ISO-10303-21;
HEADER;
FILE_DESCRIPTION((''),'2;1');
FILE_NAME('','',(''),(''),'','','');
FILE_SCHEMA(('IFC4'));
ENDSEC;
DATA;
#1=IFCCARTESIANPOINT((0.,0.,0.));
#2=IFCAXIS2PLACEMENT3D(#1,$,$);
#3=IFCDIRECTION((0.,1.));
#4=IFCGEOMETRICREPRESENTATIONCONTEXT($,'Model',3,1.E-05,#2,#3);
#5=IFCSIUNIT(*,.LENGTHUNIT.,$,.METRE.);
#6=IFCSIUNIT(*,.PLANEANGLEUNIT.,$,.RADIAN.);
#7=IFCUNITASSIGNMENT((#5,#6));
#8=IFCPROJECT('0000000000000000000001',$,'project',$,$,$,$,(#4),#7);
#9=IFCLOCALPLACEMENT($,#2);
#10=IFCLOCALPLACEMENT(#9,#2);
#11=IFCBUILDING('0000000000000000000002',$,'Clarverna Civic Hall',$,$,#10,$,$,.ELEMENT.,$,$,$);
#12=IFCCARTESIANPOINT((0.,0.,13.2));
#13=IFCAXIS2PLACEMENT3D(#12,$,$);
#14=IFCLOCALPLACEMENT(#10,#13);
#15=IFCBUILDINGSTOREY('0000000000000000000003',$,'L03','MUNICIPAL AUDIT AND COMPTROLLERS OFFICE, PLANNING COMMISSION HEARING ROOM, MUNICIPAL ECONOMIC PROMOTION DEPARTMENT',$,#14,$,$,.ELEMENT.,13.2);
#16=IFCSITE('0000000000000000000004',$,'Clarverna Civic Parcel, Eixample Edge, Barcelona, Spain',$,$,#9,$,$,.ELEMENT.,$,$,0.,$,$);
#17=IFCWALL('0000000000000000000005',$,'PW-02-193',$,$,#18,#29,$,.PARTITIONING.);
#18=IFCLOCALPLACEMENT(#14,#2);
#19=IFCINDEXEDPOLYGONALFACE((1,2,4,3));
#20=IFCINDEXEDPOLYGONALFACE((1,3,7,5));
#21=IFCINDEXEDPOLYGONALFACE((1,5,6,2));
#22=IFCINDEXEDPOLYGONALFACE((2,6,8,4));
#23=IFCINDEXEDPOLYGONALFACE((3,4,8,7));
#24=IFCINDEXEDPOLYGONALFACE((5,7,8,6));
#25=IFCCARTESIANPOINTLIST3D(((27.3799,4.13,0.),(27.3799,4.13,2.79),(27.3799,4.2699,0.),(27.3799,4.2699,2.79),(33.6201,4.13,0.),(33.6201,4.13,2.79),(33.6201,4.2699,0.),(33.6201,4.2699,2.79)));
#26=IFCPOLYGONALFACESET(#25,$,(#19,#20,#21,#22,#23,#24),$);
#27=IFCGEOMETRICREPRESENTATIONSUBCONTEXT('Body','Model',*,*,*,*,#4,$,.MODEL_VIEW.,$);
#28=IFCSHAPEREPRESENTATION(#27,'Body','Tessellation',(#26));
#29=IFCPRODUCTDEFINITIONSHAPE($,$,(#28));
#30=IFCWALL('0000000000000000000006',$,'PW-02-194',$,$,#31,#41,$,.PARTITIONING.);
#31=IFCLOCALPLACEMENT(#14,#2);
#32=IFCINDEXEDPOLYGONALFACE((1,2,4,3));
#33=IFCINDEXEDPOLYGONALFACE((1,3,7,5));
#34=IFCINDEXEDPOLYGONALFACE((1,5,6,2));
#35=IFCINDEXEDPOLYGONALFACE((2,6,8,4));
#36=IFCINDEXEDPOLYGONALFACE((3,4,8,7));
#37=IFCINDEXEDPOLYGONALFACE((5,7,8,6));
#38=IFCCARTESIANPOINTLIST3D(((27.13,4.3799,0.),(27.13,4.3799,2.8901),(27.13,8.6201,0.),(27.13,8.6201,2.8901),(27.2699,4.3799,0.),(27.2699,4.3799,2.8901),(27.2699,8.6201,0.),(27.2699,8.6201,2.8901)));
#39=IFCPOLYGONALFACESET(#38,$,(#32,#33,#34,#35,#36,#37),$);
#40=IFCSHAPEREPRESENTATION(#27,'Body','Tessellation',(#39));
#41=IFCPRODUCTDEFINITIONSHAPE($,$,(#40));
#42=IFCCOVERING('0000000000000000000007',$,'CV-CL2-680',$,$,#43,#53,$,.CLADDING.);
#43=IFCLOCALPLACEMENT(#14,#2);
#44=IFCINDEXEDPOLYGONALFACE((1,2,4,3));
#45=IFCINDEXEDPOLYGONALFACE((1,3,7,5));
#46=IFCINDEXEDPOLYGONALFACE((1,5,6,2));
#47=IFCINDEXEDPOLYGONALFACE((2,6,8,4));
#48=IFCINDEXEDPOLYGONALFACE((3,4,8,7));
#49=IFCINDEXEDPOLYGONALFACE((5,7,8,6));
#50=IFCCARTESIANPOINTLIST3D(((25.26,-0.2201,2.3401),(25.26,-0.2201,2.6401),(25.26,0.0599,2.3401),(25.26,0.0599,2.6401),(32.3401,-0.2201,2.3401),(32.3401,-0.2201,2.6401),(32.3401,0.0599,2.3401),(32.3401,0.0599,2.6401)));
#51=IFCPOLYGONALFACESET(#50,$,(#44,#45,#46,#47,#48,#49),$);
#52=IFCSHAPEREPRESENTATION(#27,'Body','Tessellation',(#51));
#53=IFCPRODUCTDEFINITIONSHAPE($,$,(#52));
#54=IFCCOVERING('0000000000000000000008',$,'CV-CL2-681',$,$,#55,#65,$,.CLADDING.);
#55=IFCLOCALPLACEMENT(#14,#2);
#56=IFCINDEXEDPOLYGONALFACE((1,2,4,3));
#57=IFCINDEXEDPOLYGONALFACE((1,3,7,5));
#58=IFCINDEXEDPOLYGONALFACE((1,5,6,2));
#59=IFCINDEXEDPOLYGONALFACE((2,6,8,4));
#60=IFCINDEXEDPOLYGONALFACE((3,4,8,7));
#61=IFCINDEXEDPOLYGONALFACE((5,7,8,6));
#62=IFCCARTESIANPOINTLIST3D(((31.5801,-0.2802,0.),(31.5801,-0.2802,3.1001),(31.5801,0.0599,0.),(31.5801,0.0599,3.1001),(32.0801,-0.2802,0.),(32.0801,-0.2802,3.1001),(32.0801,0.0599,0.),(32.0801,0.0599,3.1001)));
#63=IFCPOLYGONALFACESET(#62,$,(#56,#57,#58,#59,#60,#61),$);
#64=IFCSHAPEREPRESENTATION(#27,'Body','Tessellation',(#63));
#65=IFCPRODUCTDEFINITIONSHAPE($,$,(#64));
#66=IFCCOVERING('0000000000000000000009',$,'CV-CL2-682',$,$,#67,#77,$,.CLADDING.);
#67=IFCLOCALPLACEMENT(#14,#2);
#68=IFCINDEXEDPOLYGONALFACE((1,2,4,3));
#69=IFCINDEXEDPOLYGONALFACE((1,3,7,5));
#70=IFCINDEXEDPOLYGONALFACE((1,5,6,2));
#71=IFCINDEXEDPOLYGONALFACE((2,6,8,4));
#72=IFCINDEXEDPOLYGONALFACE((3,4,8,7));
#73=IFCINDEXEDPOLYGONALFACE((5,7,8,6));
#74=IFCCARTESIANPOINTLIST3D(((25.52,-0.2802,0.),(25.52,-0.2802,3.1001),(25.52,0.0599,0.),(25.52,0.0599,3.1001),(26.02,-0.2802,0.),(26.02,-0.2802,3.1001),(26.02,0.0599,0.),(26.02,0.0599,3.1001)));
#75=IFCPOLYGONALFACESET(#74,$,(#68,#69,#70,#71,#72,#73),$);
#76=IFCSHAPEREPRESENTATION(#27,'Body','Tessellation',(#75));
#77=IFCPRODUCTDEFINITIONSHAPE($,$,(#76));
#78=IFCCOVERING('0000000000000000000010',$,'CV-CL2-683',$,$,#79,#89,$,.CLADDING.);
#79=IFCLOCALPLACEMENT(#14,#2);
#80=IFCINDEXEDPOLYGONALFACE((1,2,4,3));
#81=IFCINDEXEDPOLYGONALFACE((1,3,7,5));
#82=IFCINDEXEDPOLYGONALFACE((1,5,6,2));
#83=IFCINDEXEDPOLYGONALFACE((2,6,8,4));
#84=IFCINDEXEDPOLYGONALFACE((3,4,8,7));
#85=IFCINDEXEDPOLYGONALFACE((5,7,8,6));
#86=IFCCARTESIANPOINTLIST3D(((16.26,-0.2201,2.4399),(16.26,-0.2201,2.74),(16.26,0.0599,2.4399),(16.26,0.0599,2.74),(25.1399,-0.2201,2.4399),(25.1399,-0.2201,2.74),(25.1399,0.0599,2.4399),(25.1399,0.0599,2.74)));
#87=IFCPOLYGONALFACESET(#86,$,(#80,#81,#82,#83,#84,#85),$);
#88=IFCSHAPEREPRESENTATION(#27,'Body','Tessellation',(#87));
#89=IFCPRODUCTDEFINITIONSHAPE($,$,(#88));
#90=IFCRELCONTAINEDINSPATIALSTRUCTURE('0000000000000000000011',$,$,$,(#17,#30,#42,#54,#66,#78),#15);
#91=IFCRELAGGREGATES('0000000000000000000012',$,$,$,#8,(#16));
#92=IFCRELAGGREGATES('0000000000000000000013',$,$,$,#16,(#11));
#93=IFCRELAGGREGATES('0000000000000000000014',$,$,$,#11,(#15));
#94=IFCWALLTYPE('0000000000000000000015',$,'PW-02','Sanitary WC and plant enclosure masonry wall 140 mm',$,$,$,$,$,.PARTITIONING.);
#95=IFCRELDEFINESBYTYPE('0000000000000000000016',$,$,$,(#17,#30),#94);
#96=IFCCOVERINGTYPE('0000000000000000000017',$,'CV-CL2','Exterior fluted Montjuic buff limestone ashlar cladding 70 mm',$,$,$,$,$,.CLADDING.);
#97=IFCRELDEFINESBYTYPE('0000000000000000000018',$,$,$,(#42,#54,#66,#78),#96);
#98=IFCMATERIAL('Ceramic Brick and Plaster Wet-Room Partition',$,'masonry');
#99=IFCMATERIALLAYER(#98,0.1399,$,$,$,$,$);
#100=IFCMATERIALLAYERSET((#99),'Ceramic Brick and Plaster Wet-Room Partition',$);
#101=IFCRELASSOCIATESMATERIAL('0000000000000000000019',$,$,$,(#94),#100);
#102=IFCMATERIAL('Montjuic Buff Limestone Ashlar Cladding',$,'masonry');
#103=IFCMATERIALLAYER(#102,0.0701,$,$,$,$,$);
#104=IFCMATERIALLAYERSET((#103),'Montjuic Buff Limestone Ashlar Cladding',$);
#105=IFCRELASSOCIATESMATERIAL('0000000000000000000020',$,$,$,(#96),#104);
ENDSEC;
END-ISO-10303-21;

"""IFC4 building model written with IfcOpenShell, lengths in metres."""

from ifc_helpers import new_model, si_unit, direction, frame, frame_2d, origin, place, context, subcontext, project, spatial, rectangle, extrude, material, layer, layer_set, type_object, element, save


model = new_model("IFC4")

# Units and contexts
model_context = context("Model", 3, precision=1e-05, world=origin(), true_north=direction((0.0, 1.0)))
body_context = subcontext(model_context, "Body", "Model", "MODEL_VIEW")
ifc_project = project(units=[si_unit("LENGTHUNIT", "METRE"), si_unit("PLANEANGLEUNIT", "RADIAN")], contexts=[model_context])

# Site, building, storey
site_placement = place(None, origin())
site = spatial("IfcSite", under=ifc_project, at=site_placement, Name="Clarverna Civic Parcel, Eixample Edge, Barcelona, Spain", CompositionType="ELEMENT", RefElevation=0.0)
building_placement = place(site_placement, origin())
building = spatial("IfcBuilding", under=site, at=building_placement, Name="Clarverna Civic Hall", CompositionType="ELEMENT")
storey_placement = place(building_placement, frame((0.0, 0.0, 13.2)))
storey = spatial("IfcBuildingStorey", under=building, at=storey_placement, Name="L03", Description="MUNICIPAL AUDIT AND COMPTROLLERS OFFICE, PLANNING COMMISSION HEARING ROOM, MUNICIPAL ECONOMIC PROMOTION DEPARTMENT", CompositionType="ELEMENT", Elevation=13.2)

# Walls
ifc_material_1 = material(Name="Ceramic Brick and Plaster Wet-Room Partition", Category="masonry")
ifc_layer_1 = layer(ifc_material_1, 0.1399)
ifc_layer_set_1 = layer_set([ifc_layer_1], Name="Ceramic Brick and Plaster Wet-Room Partition")
wall_type_1 = type_object("IfcWallType", Name="PW-02", Description="Sanitary WC and plant enclosure masonry wall 140 mm", PredefinedType="PARTITIONING", material=ifc_layer_set_1)
wall_1_placement = place(storey_placement, frame((27.3799, 4.2, 0.0), z_axis=(0.0, 0.0, 1.0), x_axis=(1.0, 0.0, 0.0)))
element("IfcWall", 1, at=wall_1_placement, inside=storey, type_object=wall_type_1, Name="PW-02-193", PredefinedType="PARTITIONING", context=body_context, shape_type="SweptSolid", body=[
    extrude(rectangle(XDim=6.2402, YDim=0.1399, at=frame_2d((3.1201, 0.0))), origin(), (0.0, 0.0, 1.0), 2.79),
])
wall_2_placement = place(storey_placement, frame((27.2, 4.3799, 0.0), z_axis=(0.0, 0.0, 1.0), x_axis=(0.0, 1.0, 0.0)))
element("IfcWall", 2, at=wall_2_placement, inside=storey, type_object=wall_type_1, Name="PW-02-194", PredefinedType="PARTITIONING", context=body_context, shape_type="SweptSolid", body=[
    extrude(rectangle(XDim=4.2402, YDim=0.1399, at=frame_2d((2.1201, 0.0))), origin(), (0.0, 0.0, 1.0), 2.8901),
])

# Coverings
ifc_material_2 = material(Name="Montjuic Buff Limestone Ashlar Cladding", Category="masonry")
ifc_layer_2 = layer(ifc_material_2, 0.0701)
ifc_layer_set_2 = layer_set([ifc_layer_2], Name="Montjuic Buff Limestone Ashlar Cladding")
covering_type = type_object("IfcCoveringType", Name="CV-CL2", Description="Exterior fluted Montjuic buff limestone ashlar cladding 70 mm", PredefinedType="CLADDING", material=ifc_layer_set_2)
covering_1_placement = place(storey_placement, frame((32.3401, -0.0801, 2.3401), z_axis=(0.0, 0.0, 1.0), x_axis=(-1.0, 0.0, 0.0)))
element("IfcCovering", 3, at=covering_1_placement, inside=storey, type_object=covering_type, Name="CV-CL2-680", PredefinedType="CLADDING", context=body_context, shape_type="SweptSolid", body=[
    extrude(rectangle(XDim=7.0801, YDim=0.28, at=frame_2d((3.54, 0.0))), origin(), (0.0, 0.0, 1.0), 0.3),
])
for number, where, z_axis, x_axis, name in (
    (4, (32.0801, -0.1101, 0.0), (0.0, 0.0, 1.0), (-1.0, 0.0, 0.0), "CV-CL2-681"),
    (5, (26.02, -0.1101, 0.0), (0.0, 0.0, 1.0), (-1.0, 0.0, 0.0), "CV-CL2-682"),
):
    element("IfcCovering", number, at=place(storey_placement, frame(where, z_axis=z_axis, x_axis=x_axis)), inside=storey, type_object=covering_type, Name=name, PredefinedType="CLADDING", context=body_context, shape_type="SweptSolid", body=[
        extrude(rectangle(XDim=0.5, YDim=0.3401, at=frame_2d((0.25, 0.0))), origin(), (0.0, 0.0, 1.0), 3.1001),
    ])
covering_2_placement = place(storey_placement, frame((25.1399, -0.0801, 2.4399), z_axis=(0.0, 0.0, 1.0), x_axis=(-1.0, 0.0, 0.0)))
element("IfcCovering", 6, at=covering_2_placement, inside=storey, type_object=covering_type, Name="CV-CL2-683", PredefinedType="CLADDING", context=body_context, shape_type="SweptSolid", body=[
    extrude(rectangle(XDim=8.8799, YDim=0.28, at=frame_2d((4.4399, 0.0))), origin(), (0.0, 0.0, 1.0), 0.3),
])

save(model, "model.ifc")
